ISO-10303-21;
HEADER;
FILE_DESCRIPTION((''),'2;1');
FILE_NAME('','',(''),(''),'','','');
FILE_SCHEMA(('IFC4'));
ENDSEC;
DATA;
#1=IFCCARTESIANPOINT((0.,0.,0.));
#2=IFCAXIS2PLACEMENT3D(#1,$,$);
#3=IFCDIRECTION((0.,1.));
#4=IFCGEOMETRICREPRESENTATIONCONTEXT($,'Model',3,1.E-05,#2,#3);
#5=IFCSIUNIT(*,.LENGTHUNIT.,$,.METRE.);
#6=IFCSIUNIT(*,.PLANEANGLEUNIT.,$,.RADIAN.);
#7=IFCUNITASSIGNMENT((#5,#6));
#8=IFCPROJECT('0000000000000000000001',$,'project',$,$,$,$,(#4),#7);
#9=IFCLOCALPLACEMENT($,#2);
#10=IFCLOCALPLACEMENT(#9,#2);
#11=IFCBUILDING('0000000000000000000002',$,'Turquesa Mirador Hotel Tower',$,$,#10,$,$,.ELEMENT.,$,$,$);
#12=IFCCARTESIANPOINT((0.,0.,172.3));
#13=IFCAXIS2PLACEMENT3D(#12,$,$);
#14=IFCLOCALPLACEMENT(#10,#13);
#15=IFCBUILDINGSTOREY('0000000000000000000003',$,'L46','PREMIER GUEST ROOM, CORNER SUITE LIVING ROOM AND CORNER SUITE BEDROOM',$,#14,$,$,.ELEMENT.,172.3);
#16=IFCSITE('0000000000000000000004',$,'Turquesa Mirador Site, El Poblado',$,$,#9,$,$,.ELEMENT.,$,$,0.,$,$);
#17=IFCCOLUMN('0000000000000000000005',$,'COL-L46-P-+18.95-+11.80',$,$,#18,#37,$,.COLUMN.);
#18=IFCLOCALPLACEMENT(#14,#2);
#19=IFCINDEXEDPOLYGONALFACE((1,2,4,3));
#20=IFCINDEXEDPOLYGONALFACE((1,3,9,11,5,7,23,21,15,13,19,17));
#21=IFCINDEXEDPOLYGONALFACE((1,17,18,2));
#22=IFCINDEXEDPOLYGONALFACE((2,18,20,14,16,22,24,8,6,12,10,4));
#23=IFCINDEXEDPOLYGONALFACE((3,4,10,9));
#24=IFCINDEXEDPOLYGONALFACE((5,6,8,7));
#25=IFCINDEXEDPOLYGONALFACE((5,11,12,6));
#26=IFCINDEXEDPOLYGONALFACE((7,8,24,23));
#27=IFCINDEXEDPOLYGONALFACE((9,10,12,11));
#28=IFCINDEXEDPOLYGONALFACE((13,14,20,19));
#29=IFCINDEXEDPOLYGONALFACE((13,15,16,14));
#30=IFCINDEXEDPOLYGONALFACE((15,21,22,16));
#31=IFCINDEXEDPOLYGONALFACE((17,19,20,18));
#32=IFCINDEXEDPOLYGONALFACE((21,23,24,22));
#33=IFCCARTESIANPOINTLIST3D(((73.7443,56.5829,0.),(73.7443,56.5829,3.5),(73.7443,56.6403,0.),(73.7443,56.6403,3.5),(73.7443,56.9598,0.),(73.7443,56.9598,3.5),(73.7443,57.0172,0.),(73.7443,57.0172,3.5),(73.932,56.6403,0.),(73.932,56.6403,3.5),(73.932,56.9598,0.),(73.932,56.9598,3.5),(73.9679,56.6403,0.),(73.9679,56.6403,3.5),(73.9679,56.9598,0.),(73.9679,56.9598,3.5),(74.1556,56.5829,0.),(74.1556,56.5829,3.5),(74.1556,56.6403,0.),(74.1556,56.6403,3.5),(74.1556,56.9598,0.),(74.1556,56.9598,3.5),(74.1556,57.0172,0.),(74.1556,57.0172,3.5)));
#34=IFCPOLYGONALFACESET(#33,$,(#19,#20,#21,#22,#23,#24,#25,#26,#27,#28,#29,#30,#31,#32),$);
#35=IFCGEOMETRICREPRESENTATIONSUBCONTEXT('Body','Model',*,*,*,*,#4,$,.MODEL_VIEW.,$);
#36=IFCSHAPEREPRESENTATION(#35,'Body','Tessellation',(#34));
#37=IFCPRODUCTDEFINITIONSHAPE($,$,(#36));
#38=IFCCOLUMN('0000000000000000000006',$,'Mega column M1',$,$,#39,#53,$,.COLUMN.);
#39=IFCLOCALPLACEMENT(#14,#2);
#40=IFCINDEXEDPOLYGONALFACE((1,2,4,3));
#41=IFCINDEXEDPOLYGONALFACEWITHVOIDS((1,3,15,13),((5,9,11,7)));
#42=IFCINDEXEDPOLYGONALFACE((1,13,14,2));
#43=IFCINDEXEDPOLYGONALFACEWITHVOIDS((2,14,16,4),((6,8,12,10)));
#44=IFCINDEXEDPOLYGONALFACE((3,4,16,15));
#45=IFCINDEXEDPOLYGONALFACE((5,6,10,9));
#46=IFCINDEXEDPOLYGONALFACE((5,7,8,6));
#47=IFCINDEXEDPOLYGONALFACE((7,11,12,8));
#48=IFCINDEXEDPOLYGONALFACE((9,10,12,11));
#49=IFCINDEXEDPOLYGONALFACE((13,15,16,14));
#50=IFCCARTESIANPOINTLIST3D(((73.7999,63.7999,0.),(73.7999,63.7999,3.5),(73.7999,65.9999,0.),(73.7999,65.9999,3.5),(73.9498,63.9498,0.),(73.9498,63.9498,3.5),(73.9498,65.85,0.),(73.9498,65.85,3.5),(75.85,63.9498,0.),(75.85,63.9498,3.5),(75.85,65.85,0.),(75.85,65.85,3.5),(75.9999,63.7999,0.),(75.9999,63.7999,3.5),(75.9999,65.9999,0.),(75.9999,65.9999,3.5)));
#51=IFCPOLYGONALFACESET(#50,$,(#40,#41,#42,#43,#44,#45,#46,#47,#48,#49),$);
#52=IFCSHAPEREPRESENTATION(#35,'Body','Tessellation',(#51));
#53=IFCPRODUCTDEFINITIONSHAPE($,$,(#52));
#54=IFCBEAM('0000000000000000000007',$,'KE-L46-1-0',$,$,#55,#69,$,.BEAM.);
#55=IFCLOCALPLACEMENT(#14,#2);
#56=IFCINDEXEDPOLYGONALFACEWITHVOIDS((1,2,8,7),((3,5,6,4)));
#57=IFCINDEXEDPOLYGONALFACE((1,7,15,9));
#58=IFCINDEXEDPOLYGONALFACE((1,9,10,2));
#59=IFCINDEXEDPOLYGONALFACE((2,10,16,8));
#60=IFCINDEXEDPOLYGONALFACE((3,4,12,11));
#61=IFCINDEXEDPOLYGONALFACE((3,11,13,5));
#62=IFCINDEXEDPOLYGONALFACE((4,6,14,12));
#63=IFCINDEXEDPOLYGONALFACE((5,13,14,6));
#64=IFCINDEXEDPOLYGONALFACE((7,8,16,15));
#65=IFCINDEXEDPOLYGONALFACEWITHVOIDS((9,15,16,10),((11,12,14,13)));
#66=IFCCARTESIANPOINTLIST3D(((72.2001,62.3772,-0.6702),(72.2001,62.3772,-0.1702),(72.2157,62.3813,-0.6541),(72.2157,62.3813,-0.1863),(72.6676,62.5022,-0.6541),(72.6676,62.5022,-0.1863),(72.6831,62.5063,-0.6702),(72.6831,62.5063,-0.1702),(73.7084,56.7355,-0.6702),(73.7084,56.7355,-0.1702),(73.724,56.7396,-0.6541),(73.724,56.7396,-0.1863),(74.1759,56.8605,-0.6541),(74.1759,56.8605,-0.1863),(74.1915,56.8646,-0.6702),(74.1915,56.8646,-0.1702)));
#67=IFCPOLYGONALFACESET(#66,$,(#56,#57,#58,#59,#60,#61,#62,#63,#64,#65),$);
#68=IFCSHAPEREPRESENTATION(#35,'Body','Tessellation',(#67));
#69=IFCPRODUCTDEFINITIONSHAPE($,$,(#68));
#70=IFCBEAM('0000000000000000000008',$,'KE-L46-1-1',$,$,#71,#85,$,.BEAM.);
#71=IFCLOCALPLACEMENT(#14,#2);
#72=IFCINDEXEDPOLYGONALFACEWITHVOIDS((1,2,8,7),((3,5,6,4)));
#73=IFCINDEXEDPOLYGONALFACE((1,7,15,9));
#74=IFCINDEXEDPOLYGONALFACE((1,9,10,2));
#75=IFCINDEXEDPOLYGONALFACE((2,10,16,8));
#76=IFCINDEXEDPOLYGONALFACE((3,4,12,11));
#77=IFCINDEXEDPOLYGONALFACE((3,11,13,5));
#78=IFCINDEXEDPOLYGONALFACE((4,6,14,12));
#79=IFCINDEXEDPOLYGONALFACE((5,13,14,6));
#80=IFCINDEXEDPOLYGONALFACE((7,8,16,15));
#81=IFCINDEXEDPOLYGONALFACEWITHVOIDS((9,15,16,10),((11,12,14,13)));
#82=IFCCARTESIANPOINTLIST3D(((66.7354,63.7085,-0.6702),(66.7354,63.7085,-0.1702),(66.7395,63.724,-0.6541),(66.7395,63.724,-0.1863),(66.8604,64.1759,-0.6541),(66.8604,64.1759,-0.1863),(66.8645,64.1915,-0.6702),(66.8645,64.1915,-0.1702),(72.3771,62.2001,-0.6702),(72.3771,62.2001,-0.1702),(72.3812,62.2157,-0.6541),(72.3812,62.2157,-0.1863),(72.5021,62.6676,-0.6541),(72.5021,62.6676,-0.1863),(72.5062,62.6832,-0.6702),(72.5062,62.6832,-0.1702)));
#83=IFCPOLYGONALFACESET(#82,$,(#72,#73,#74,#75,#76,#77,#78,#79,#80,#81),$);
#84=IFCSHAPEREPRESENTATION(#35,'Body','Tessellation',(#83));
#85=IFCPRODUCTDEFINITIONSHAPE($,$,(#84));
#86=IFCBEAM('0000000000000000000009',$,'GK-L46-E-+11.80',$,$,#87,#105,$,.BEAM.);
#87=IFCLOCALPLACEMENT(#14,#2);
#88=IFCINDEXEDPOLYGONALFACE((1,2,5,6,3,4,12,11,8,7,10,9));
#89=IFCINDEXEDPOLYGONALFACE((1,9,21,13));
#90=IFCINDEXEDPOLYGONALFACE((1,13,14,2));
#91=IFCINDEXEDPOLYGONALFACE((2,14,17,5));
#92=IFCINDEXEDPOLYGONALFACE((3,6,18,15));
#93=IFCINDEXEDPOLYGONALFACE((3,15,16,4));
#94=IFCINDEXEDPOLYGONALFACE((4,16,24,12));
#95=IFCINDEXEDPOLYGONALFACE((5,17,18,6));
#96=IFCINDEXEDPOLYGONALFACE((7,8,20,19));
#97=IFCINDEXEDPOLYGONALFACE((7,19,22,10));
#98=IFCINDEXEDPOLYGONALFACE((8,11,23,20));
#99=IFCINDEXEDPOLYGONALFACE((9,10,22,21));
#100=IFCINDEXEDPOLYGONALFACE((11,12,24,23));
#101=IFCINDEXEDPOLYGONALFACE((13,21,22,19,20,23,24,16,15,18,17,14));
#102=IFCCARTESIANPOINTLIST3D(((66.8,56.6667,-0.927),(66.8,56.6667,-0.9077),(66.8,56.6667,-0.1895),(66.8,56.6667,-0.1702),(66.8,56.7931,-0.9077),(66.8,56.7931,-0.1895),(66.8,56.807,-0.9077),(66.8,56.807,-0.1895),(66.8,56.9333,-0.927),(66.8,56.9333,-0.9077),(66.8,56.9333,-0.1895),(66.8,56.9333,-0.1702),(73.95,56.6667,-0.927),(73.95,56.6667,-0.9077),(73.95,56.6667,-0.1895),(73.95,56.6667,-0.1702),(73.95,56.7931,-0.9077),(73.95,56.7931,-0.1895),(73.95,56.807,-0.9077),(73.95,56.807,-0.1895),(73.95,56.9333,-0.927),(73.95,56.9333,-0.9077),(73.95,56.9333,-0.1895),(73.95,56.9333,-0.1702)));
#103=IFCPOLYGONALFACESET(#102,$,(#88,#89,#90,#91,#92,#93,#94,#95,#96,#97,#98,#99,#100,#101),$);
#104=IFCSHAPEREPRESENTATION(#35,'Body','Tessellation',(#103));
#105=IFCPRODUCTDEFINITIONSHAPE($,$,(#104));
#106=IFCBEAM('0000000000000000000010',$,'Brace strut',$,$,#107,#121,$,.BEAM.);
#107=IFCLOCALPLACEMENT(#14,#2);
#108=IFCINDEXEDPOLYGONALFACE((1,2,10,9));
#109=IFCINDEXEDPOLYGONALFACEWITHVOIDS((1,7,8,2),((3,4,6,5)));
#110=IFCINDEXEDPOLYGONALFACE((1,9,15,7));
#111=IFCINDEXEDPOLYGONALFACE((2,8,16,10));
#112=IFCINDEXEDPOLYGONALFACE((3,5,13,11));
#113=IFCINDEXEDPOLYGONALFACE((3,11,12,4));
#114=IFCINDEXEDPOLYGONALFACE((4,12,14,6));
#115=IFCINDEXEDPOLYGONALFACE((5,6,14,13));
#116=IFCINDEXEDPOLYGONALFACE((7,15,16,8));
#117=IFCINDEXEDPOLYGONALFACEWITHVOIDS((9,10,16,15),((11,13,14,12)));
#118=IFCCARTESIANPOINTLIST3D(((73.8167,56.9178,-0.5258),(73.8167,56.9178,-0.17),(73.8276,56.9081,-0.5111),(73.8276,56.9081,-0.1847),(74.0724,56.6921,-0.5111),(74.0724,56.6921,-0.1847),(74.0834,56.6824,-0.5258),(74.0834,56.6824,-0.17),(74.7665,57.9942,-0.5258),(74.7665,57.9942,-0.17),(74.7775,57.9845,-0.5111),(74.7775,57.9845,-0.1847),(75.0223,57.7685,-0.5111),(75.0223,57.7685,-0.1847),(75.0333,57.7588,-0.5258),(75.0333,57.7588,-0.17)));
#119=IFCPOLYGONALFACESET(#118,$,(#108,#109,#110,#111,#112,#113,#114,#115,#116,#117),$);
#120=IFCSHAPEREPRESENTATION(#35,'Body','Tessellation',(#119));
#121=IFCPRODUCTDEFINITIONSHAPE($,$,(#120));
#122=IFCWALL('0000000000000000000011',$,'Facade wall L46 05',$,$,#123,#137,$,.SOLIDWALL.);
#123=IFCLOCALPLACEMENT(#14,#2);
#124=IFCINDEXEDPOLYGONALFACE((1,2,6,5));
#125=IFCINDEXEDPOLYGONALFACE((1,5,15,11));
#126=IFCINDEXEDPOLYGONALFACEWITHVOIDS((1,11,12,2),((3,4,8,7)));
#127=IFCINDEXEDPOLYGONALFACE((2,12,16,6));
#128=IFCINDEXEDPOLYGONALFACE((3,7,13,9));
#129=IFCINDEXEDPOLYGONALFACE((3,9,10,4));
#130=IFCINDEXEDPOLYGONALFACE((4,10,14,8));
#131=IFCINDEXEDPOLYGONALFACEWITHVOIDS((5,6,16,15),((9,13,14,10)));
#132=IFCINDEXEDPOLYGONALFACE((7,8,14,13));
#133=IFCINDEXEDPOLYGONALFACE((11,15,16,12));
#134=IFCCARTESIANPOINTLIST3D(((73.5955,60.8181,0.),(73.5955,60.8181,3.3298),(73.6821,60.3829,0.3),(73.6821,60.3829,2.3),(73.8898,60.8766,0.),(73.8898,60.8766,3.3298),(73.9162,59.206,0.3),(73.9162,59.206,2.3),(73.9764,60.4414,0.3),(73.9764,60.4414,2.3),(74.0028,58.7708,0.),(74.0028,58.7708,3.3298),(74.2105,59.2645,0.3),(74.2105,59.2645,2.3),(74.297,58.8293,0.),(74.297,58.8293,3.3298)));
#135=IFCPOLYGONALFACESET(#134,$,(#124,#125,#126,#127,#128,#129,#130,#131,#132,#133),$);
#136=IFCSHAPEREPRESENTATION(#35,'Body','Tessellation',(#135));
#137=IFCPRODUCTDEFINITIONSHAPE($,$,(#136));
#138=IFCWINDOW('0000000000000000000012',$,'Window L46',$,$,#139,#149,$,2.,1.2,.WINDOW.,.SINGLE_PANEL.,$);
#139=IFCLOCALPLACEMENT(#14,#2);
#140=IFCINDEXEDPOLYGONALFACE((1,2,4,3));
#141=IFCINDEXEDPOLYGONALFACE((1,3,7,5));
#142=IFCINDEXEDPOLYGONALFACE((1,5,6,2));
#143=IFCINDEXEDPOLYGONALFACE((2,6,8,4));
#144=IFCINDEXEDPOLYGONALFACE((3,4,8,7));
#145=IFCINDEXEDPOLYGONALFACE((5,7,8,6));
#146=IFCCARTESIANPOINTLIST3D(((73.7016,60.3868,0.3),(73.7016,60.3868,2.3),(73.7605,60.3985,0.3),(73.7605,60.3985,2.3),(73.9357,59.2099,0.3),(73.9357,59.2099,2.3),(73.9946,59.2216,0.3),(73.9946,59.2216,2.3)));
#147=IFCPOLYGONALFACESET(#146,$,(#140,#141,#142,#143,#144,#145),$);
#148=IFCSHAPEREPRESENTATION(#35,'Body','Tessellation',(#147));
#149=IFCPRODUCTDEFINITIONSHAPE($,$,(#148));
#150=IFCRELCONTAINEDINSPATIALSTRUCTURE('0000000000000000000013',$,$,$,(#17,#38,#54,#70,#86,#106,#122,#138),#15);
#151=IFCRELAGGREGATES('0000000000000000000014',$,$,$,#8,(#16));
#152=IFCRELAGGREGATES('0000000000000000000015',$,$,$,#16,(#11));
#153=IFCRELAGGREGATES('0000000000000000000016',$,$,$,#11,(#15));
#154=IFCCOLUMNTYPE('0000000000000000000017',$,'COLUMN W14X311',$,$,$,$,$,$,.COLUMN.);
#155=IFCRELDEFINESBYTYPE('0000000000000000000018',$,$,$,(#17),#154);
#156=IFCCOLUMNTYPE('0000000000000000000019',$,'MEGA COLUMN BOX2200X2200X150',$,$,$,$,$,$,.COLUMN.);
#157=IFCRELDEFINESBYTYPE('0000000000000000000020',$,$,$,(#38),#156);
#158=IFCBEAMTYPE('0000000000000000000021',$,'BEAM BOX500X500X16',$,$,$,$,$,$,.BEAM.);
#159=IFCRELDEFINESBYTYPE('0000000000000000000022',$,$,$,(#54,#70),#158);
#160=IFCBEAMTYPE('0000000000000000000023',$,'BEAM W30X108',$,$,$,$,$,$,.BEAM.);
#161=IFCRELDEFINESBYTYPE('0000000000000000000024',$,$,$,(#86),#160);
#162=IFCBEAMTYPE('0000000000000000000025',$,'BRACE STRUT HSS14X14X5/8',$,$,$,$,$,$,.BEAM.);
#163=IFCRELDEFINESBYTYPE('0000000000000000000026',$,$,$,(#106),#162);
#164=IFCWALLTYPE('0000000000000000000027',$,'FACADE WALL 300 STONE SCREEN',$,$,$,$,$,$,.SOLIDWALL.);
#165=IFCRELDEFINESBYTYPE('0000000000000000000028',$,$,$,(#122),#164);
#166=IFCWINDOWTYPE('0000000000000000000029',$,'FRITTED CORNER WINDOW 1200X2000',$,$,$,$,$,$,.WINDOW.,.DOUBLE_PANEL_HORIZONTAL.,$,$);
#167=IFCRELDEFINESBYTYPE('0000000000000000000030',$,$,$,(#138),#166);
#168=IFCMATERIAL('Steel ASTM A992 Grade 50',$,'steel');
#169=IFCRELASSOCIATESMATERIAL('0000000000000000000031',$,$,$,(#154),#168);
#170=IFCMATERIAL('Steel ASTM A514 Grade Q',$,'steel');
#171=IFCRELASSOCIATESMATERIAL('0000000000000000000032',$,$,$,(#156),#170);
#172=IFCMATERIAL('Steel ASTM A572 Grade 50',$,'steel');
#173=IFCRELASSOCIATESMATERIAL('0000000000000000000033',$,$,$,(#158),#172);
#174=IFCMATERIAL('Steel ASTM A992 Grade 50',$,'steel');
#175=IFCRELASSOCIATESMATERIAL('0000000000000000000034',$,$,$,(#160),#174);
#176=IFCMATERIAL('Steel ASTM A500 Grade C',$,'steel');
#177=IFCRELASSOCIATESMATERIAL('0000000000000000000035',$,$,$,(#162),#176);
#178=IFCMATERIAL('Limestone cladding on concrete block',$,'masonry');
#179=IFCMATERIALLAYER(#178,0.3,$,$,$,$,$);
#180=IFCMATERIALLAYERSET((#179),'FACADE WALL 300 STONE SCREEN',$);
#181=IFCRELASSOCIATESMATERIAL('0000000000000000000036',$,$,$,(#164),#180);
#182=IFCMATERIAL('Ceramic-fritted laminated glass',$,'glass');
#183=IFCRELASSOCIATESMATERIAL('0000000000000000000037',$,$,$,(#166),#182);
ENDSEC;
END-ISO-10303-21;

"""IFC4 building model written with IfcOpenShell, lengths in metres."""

from ifc_helpers import new_model, si_unit, direction, frame, frame_2d, origin, origin_2d, place, context, subcontext, project, spatial, rectangle, hollow_rectangle, i_section, extrude, material, layer, layer_set, material_profile, profile_set, type_object, element, fill, save


model = new_model("IFC4")

# Units and contexts
model_context = context("Model", 3, precision=1e-05, world=origin(), true_north=direction((0.0, 1.0)))
body_context = subcontext(model_context, "Body", "Model", "MODEL_VIEW")
ifc_project = project(units=[si_unit("LENGTHUNIT", "METRE"), si_unit("PLANEANGLEUNIT", "RADIAN")], contexts=[model_context])

# Site, building, storey
site_placement = place(None, origin())
site = spatial("IfcSite", under=ifc_project, at=site_placement, Name="Turquesa Mirador Site, El Poblado", CompositionType="ELEMENT", RefElevation=0.0)
building_placement = place(site_placement, origin())
building = spatial("IfcBuilding", under=site, at=building_placement, Name="Turquesa Mirador Hotel Tower", CompositionType="ELEMENT")
storey_placement = place(building_placement, frame((0.0, 0.0, 172.3)))
storey = spatial("IfcBuildingStorey", under=building, at=storey_placement, Name="L46", Description="PREMIER GUEST ROOM, CORNER SUITE LIVING ROOM AND CORNER SUITE BEDROOM", CompositionType="ELEMENT", Elevation=172.3)

# Columns
ifc_material_1 = material(Name="Steel ASTM A992 Grade 50", Category="steel")
ifc_material_profile_1 = material_profile(ifc_material_1, i_section(OverallWidth=0.4114, OverallDepth=0.4343, WebThickness=0.0359, FlangeThickness=0.0574, at=origin_2d()), Name="W14X311")
ifc_profile_set_1 = profile_set([ifc_material_profile_1], Name="Steel ASTM A992 Grade 50")
column_type_1 = type_object("IfcColumnType", Name="COLUMN W14X311", PredefinedType="COLUMN", material=ifc_profile_set_1)
column_1_placement = place(storey_placement, frame((73.95, 56.8, 0.0), z_axis=(0.0, 0.0, 1.0), x_axis=(1.0, 0.0, 0.0)))
element("IfcColumn", 1, at=column_1_placement, inside=storey, type_object=column_type_1, Name="COL-L46-P-+18.95-+11.80", PredefinedType="COLUMN", context=body_context, shape_type="SweptSolid", body=[
    extrude(i_section(OverallWidth=0.4114, OverallDepth=0.4343, WebThickness=0.0359, FlangeThickness=0.0574, at=origin_2d()), origin(), (0.0, 0.0, 1.0), 3.5),
])
ifc_material_2 = material(Name="Steel ASTM A514 Grade Q", Category="steel")
ifc_material_profile_2 = material_profile(ifc_material_2, hollow_rectangle(XDim=2.2, YDim=2.2, WallThickness=0.1499, at=origin_2d()), Name="BOX2200X2200X150")
ifc_profile_set_2 = profile_set([ifc_material_profile_2], Name="Steel ASTM A514 Grade Q")
column_type_2 = type_object("IfcColumnType", Name="MEGA COLUMN BOX2200X2200X150", PredefinedType="COLUMN", material=ifc_profile_set_2)
column_2_placement = place(storey_placement, frame((74.8999, 64.8999, 0.0), z_axis=(0.0, 0.0, 1.0), x_axis=(1.0, 0.0, 0.0)))
element("IfcColumn", 2, at=column_2_placement, inside=storey, type_object=column_type_2, Name="Mega column M1", PredefinedType="COLUMN", context=body_context, shape_type="SweptSolid", body=[
    extrude(hollow_rectangle(XDim=2.2, YDim=2.2, WallThickness=0.1499, at=origin_2d()), origin(), (0.0, 0.0, 1.0), 3.5),
])

# Beams
ifc_material_3 = material(Name="Steel ASTM A572 Grade 50", Category="steel")
ifc_material_profile_3 = material_profile(ifc_material_3, hollow_rectangle(XDim=0.5, YDim=0.5, WallThickness=0.0161, at=origin_2d()), Name="BOX500X500X16")
ifc_profile_set_3 = profile_set([ifc_material_profile_3], Name="Steel ASTM A572 Grade 50")
beam_type_1 = type_object("IfcBeamType", Name="BEAM BOX500X500X16", PredefinedType="BEAM", material=ifc_profile_set_3)
for number, where, z_axis, x_axis, name in (
    (3, (73.95, 56.8, -0.4202), (-0.258282, 0.96607, 0.0), (-0.96607, -0.258282, 0.0), "KE-L46-1-0"),
    (4, (72.4417, 62.4417, -0.4202), (-0.96607, 0.258282, 0.0), (-0.258282, -0.96607, 0.0), "KE-L46-1-1"),
):
    element("IfcBeam", number, at=place(storey_placement, frame(where, z_axis=z_axis, x_axis=x_axis)), inside=storey, type_object=beam_type_1, Name=name, PredefinedType="BEAM", context=body_context, shape_type="SweptSolid", body=[
        extrude(hollow_rectangle(XDim=0.5, YDim=0.5, WallThickness=0.0161, at=origin_2d()), origin(), (0.0, 0.0, 1.0), 5.8398),
    ])
ifc_material_4 = material(Name="Steel ASTM A992 Grade 50", Category="steel")
ifc_material_profile_4 = material_profile(ifc_material_4, i_section(OverallWidth=0.2666, OverallDepth=0.7568, WebThickness=0.0139, FlangeThickness=0.0193, at=origin_2d()), Name="W30X108")
ifc_profile_set_4 = profile_set([ifc_material_profile_4], Name="Steel ASTM A992 Grade 50")
beam_type_2 = type_object("IfcBeamType", Name="BEAM W30X108", PredefinedType="BEAM", material=ifc_profile_set_4)
beam_1_placement = place(storey_placement, frame((73.95, 56.8, -0.5486), z_axis=(-1.0, 0.0, 0.0), x_axis=(0.0, -1.0, 0.0)))
element("IfcBeam", 5, at=beam_1_placement, inside=storey, type_object=beam_type_2, Name="GK-L46-E-+11.80", PredefinedType="BEAM", context=body_context, shape_type="SweptSolid", body=[
    extrude(i_section(OverallWidth=0.2666, OverallDepth=0.7568, WebThickness=0.0139, FlangeThickness=0.0193, at=origin_2d()), origin(), (0.0, 0.0, 1.0), 7.1499),
])
ifc_material_5 = material(Name="Steel ASTM A500 Grade C", Category="steel")
ifc_material_profile_5 = material_profile(ifc_material_5, hollow_rectangle(XDim=0.3557, YDim=0.3557, WallThickness=0.0146, at=origin_2d()), Name="HSS14X14X5/8")
ifc_profile_set_5 = profile_set([ifc_material_profile_5], Name="Steel ASTM A500 Grade C")
beam_type_3 = type_object("IfcBeamType", Name="BRACE STRUT HSS14X14X5/8", PredefinedType="BEAM", material=ifc_profile_set_5)
beam_2_placement = place(storey_placement, frame((74.8999, 57.8765, -0.3479), z_axis=(-0.661689, -0.749778, 0.0), x_axis=(0.749778, -0.661689, 0.0)))
element("IfcBeam", 6, at=beam_2_placement, inside=storey, type_object=beam_type_3, Name="Brace strut", PredefinedType="BEAM", context=body_context, shape_type="SweptSolid", body=[
    extrude(hollow_rectangle(XDim=0.3557, YDim=0.3557, WallThickness=0.0146, at=origin_2d()), origin(), (0.0, 0.0, 1.0), 1.4355),
])

# Wall, opening, window
ifc_material_6 = material(Name="Limestone cladding on concrete block", Category="masonry")
ifc_layer = layer(ifc_material_6, 0.3)
ifc_layer_set = layer_set([ifc_layer], Name="FACADE WALL 300 STONE SCREEN")
wall_type = type_object("IfcWallType", Name="FACADE WALL 300 STONE SCREEN", PredefinedType="SOLIDWALL", material=ifc_layer_set)
wall_1_placement = place(storey_placement, frame((74.1499, 58.8, 0.0), z_axis=(0.0, 0.0, 1.0), x_axis=(-0.195081, 0.980787, 0.0)))
wall_1 = element("IfcWall", 7, at=wall_1_placement, inside=storey, type_object=wall_type, Name="Facade wall L46 05", PredefinedType="SOLIDWALL", context=body_context, shape_type="SweptSolid", body=[
    extrude(rectangle(XDim=2.0874, YDim=0.3, at=frame_2d((1.0437, 0.0))), origin(), (0.0, 0.0, 1.0), 3.3298),
])
opening_1_placement = place(wall_1_placement, frame((0.4436, 0.0, 0.3)))
opening_1 = element("IfcOpeningElement", 8, at=opening_1_placement, cuts=wall_1, PredefinedType="OPENING", context=body_context, shape_type="SweptSolid", body=[
    extrude(rectangle(XDim=1.2, YDim=2.0, at=frame_2d((0.6001, 1.0))), frame((0.0, 0.1599, 0.0), z_axis=(0.0, -1.0, 0.0), x_axis=(1.0, 0.0, 0.0)), (0.0, 0.0, 1.0), 0.3201),
])
ifc_material_7 = material(Name="Ceramic-fritted laminated glass", Category="glass")
window_type = type_object("IfcWindowType", Name="FRITTED CORNER WINDOW 1200X2000", PartitioningType="DOUBLE_PANEL_HORIZONTAL", PredefinedType="WINDOW", material=ifc_material_7)
window_1_placement = place(opening_1_placement, origin())
window_1 = element("IfcWindow", 9, at=window_1_placement, inside=storey, type_object=window_type, Name="Window L46", OverallHeight=2.0, OverallWidth=1.2, PartitioningType="SINGLE_PANEL", PredefinedType="WINDOW", context=body_context, shape_type="SweptSolid", body=[
    extrude(rectangle(XDim=1.2, YDim=2.0, at=frame_2d((0.6001, 1.0))), frame((0.0, 0.1301, 0.0), z_axis=(0.0, -1.0, 0.0), x_axis=(1.0, 0.0, 0.0)), (0.0, 0.0, 1.0), 0.0601),
])
fill(opening_1, window_1)

save(model, "model.ifc")
